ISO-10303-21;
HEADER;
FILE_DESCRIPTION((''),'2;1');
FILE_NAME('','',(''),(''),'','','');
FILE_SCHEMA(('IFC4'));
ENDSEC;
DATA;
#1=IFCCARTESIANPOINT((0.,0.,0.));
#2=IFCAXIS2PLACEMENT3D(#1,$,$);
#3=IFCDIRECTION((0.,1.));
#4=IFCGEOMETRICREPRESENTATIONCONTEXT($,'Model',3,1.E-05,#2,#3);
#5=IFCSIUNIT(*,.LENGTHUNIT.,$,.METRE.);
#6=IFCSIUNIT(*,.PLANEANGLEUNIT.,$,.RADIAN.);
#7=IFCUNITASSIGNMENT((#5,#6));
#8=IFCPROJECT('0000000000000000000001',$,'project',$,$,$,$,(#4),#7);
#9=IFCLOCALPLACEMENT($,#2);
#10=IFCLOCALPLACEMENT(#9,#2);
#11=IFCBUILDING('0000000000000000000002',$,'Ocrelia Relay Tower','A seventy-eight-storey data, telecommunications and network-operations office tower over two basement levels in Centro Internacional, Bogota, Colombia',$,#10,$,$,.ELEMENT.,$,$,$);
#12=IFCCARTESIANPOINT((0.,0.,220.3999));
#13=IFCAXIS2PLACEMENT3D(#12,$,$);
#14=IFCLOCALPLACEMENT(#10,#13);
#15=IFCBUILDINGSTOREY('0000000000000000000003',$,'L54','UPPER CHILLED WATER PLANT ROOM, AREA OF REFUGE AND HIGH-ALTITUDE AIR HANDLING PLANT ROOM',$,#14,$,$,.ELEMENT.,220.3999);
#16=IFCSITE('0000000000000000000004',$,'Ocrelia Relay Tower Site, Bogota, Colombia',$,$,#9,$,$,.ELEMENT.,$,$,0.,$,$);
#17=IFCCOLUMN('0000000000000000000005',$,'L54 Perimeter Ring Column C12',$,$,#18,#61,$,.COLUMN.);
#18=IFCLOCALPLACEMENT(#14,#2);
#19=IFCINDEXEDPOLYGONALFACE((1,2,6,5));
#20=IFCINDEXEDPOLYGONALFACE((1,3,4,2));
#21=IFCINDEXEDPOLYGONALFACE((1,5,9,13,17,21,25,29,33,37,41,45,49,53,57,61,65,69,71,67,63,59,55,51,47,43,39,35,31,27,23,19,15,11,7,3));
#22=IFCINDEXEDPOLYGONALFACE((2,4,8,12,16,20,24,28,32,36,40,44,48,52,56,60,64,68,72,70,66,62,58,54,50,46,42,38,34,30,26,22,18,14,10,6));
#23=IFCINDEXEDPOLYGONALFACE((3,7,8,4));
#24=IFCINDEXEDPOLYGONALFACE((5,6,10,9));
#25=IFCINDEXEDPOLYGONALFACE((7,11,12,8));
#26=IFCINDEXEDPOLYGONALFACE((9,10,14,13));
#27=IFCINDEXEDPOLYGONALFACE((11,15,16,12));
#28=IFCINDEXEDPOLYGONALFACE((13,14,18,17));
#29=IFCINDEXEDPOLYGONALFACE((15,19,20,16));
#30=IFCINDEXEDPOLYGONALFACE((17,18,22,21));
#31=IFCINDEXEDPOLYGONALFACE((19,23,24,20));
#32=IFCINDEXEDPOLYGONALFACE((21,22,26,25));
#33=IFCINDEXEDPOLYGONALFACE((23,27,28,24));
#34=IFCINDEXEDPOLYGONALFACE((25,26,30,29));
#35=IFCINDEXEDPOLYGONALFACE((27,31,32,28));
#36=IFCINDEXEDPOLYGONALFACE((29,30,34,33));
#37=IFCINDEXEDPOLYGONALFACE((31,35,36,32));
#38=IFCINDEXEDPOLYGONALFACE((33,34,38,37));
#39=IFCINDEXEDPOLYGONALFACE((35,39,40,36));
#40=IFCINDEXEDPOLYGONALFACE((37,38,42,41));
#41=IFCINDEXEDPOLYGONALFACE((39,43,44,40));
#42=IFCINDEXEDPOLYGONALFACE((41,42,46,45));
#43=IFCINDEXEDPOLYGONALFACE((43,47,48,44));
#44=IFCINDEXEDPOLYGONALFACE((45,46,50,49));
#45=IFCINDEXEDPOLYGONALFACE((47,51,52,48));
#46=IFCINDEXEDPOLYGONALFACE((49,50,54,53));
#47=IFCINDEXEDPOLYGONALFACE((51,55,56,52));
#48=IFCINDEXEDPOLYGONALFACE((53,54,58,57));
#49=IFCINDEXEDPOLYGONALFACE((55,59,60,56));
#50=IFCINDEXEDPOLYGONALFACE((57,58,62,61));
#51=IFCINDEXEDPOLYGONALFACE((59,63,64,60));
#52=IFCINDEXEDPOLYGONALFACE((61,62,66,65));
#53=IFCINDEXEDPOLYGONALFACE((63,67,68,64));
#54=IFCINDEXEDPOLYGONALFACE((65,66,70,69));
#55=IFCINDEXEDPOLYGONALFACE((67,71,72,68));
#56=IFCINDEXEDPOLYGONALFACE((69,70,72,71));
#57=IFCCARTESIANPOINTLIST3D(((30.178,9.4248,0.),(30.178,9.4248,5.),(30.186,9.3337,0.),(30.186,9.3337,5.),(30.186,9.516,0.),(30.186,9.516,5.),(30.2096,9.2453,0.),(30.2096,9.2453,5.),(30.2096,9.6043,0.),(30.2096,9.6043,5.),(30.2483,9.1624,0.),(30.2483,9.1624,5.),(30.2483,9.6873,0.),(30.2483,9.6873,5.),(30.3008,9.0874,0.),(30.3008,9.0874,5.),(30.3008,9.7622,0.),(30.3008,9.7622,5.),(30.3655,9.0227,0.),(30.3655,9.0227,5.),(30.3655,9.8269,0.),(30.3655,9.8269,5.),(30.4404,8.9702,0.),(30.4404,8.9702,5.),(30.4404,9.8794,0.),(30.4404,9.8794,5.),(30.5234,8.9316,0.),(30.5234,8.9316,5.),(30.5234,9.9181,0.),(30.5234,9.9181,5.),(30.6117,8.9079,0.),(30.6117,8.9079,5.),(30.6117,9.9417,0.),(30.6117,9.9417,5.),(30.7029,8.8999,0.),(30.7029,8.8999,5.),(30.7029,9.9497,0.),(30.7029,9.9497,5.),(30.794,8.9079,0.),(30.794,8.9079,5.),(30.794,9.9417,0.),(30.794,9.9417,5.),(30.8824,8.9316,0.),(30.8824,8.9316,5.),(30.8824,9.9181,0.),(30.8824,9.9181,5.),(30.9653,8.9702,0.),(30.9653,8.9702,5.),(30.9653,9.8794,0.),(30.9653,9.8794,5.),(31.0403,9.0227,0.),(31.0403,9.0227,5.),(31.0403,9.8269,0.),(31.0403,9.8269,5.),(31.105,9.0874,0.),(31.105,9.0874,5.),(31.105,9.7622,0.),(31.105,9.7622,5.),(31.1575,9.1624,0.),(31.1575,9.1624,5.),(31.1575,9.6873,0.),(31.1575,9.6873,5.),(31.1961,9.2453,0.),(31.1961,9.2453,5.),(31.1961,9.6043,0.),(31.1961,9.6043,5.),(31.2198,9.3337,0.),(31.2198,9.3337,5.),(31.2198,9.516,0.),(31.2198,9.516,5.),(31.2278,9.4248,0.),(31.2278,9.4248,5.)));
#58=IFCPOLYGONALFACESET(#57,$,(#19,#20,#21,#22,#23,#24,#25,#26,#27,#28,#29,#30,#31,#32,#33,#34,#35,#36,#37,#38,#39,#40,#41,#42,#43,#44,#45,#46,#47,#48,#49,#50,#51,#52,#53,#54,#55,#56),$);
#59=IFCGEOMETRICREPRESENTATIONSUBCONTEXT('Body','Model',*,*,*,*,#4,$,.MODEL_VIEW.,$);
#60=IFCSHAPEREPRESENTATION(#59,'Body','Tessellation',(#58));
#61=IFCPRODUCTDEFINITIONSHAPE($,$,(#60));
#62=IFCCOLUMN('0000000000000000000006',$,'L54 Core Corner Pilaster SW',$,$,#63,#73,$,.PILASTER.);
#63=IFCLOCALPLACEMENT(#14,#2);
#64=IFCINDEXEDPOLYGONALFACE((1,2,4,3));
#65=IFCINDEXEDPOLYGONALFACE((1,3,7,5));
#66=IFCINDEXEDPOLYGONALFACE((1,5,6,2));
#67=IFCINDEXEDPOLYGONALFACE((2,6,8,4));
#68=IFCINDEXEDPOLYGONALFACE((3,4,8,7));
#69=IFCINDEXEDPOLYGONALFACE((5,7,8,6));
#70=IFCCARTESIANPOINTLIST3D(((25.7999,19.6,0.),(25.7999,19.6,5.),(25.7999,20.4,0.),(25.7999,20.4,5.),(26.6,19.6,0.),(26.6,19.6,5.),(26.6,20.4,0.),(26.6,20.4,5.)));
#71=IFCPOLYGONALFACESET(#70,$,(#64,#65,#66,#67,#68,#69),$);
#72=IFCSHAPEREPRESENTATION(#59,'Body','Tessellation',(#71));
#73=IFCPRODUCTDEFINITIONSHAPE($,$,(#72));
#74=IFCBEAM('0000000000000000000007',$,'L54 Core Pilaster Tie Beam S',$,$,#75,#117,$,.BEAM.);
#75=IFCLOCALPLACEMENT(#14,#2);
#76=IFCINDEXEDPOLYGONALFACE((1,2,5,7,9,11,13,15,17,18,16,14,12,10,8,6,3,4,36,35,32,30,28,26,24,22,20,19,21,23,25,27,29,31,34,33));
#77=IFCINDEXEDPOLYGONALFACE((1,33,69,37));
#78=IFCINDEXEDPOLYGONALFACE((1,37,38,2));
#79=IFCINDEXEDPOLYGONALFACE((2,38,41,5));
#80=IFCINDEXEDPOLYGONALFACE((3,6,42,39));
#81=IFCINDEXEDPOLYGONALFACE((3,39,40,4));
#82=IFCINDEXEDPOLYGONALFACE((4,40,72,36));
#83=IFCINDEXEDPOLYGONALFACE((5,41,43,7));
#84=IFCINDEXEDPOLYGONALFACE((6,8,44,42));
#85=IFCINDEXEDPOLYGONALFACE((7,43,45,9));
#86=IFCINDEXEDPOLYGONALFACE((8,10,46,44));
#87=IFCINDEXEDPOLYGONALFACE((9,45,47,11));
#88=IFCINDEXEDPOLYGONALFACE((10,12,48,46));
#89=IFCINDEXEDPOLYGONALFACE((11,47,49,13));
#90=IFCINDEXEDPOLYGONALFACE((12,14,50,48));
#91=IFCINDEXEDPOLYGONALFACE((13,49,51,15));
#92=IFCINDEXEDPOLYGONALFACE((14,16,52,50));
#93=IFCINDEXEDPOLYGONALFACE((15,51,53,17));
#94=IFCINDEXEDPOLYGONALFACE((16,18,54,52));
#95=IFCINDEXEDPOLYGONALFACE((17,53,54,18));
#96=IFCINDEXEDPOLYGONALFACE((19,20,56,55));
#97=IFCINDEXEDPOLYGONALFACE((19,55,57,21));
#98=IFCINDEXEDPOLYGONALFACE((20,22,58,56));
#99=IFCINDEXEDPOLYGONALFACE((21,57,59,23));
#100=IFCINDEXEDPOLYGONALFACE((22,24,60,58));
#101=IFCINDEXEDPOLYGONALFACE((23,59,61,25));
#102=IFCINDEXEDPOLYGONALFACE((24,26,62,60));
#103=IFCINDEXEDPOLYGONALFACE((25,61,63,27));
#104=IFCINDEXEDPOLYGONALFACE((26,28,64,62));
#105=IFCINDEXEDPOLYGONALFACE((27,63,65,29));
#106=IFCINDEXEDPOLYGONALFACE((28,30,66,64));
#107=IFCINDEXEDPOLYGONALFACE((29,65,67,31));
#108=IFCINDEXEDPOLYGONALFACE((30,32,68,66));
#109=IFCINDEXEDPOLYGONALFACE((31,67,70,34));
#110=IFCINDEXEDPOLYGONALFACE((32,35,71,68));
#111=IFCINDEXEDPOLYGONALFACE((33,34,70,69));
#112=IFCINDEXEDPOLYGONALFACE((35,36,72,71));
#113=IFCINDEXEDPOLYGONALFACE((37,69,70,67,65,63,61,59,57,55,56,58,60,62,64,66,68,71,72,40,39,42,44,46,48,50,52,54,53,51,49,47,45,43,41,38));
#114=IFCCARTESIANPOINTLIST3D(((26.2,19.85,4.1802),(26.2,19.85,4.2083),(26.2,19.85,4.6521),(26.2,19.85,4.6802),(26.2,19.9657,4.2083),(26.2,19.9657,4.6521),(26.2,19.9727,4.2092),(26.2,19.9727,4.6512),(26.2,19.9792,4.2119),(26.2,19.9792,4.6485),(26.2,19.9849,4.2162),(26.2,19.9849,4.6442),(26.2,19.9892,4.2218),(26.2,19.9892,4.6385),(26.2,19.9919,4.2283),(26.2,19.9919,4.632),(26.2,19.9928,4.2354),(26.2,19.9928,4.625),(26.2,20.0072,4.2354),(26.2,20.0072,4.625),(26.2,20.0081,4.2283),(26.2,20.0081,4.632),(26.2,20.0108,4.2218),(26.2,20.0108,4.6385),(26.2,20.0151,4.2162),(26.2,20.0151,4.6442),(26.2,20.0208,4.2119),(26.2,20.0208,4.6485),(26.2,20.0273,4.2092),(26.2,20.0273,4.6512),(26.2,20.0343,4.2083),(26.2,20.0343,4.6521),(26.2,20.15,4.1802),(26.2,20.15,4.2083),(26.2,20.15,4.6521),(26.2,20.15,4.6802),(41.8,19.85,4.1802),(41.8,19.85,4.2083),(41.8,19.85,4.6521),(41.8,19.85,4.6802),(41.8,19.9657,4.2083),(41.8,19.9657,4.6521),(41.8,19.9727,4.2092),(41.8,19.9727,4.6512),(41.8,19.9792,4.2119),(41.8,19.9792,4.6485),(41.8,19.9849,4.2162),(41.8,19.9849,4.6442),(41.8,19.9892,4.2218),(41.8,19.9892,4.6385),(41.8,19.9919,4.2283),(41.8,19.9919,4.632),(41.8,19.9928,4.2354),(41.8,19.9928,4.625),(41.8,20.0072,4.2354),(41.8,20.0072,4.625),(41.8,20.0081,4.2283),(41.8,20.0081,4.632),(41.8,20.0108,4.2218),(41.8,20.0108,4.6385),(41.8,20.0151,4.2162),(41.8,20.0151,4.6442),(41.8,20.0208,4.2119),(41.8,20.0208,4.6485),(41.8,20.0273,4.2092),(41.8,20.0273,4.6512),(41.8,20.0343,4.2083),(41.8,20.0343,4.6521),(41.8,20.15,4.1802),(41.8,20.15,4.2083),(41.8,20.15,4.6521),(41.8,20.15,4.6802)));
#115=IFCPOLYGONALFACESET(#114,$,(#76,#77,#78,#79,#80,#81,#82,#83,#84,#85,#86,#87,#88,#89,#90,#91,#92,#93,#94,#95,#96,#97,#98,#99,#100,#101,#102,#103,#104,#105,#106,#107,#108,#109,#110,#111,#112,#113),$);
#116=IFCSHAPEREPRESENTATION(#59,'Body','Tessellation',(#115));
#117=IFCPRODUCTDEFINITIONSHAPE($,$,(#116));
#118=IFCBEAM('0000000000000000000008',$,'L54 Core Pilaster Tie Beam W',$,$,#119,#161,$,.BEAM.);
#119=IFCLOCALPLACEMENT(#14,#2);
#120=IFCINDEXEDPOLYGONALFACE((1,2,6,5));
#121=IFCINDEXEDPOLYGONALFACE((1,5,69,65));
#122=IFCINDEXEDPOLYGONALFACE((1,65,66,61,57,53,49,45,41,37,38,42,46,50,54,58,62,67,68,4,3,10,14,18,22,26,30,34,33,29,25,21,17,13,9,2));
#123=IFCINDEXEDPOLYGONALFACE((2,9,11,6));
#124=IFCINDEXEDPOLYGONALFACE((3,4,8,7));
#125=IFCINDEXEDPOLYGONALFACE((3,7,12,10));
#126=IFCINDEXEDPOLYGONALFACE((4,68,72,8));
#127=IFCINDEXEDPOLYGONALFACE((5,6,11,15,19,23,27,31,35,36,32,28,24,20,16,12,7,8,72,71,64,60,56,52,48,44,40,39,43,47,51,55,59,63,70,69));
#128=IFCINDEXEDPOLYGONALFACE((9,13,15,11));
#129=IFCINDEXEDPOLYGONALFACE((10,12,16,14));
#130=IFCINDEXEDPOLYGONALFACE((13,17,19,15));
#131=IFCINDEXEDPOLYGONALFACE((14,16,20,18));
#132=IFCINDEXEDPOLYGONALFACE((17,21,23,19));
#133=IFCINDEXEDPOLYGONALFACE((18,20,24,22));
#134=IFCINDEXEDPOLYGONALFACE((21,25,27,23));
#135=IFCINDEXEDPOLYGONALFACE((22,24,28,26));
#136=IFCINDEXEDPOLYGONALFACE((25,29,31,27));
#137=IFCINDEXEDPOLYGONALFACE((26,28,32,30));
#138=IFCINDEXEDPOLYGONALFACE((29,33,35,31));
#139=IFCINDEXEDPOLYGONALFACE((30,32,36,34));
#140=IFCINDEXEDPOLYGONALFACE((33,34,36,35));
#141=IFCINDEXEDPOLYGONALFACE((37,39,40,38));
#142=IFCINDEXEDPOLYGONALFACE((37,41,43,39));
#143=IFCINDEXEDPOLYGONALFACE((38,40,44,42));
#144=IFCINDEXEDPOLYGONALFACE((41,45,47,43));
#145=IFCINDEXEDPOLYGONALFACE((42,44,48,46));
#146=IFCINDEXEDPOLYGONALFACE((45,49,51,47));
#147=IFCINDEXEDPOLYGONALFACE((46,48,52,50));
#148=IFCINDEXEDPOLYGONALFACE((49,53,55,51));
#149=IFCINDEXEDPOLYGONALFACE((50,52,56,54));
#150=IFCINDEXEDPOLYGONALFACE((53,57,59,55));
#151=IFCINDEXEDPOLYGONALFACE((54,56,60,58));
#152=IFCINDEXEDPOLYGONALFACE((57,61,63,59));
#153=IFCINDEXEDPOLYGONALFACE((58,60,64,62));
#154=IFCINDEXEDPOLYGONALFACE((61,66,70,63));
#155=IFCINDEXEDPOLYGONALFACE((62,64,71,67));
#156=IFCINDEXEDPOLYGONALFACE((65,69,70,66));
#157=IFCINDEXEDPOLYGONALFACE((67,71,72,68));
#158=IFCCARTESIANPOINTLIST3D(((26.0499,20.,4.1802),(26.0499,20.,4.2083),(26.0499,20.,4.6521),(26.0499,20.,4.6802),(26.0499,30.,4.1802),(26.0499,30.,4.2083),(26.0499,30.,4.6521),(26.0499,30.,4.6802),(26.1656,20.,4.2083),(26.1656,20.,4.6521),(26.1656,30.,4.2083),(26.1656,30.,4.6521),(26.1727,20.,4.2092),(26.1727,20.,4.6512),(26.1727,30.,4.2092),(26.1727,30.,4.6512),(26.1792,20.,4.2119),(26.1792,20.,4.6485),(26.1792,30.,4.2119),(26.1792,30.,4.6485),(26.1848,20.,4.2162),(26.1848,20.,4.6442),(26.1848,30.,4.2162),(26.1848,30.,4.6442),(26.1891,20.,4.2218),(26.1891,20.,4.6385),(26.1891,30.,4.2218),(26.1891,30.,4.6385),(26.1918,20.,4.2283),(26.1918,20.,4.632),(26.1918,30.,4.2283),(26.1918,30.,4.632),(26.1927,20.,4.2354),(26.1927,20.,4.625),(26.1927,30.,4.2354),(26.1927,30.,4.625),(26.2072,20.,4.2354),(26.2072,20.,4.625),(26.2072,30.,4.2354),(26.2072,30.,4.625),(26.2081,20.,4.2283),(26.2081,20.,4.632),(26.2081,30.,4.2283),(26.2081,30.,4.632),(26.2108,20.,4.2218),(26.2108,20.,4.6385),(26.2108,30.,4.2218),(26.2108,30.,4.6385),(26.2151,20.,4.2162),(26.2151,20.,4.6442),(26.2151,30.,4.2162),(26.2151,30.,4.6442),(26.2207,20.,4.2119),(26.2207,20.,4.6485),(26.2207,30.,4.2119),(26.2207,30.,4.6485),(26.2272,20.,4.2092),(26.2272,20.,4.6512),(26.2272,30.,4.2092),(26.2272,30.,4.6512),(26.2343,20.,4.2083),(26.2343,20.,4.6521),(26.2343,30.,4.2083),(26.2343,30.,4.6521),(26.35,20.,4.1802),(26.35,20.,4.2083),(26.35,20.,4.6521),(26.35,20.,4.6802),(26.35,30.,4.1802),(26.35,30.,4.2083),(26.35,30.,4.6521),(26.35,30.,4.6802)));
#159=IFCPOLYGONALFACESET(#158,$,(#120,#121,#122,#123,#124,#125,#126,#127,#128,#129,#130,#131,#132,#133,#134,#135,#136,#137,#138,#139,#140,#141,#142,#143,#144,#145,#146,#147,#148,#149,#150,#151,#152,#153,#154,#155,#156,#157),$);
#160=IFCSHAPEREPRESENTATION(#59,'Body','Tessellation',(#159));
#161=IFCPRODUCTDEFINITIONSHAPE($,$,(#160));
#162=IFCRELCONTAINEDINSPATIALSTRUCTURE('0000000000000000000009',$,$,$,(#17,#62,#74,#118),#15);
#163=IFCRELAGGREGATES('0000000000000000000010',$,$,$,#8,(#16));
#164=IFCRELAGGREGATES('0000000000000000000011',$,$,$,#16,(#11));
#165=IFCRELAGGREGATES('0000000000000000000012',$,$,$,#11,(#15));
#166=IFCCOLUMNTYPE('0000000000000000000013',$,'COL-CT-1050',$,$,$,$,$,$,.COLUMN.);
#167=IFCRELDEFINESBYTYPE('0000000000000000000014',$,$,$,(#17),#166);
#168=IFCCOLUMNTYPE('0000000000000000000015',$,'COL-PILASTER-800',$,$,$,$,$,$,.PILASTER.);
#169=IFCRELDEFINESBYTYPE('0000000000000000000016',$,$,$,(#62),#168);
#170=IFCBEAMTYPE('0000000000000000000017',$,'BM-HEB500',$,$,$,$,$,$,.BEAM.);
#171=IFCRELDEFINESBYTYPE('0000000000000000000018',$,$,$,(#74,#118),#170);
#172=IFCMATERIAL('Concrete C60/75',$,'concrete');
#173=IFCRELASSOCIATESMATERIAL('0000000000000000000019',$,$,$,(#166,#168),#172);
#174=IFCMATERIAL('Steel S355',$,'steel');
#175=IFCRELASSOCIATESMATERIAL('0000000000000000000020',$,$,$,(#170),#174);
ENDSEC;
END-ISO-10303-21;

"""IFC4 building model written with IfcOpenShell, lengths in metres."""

from ifc_helpers import new_model, si_unit, direction, frame, origin, origin_2d, place, context, subcontext, project, spatial, rectangle, circle, i_section, extrude, material, material_profile, profile_set, type_object, element, save


model = new_model("IFC4")

# Units and contexts
model_context = context("Model", 3, precision=1e-05, world=origin(), true_north=direction((0.0, 1.0)))
body_context = subcontext(model_context, "Body", "Model", "MODEL_VIEW")
ifc_project = project(units=[si_unit("LENGTHUNIT", "METRE"), si_unit("PLANEANGLEUNIT", "RADIAN")], contexts=[model_context])

# Site, building, storey
site_placement = place(None, origin())
site = spatial("IfcSite", under=ifc_project, at=site_placement, Name="Ocrelia Relay Tower Site, Bogota, Colombia", CompositionType="ELEMENT", RefElevation=0.0)
building_placement = place(site_placement, origin())
building = spatial("IfcBuilding", under=site, at=building_placement, Name="Ocrelia Relay Tower", Description="A seventy-eight-storey data, telecommunications and network-operations office tower over two basement levels in Centro Internacional, Bogota, Colombia", CompositionType="ELEMENT")
storey_placement = place(building_placement, frame((0.0, 0.0, 220.3999)))
storey = spatial("IfcBuildingStorey", under=building, at=storey_placement, Name="L54", Description="UPPER CHILLED WATER PLANT ROOM, AREA OF REFUGE AND HIGH-ALTITUDE AIR HANDLING PLANT ROOM", CompositionType="ELEMENT", Elevation=220.3999)

# Columns
ifc_material_1 = material(Name="Concrete C60/75", Category="concrete")
ifc_material_profile_1 = material_profile(ifc_material_1, circle(Radius=0.5249, at=origin_2d()), Name="RC-CIR-1050")
ifc_profile_set_1 = profile_set([ifc_material_profile_1], Name="Concrete C60/75")
column_type_1 = type_object("IfcColumnType", Name="COL-CT-1050", PredefinedType="COLUMN", material=ifc_profile_set_1)
column_1_placement = place(storey_placement, frame((30.7029, 9.4248, 0.0), z_axis=(0.0, 0.0, 1.0), x_axis=(1.0, 0.0, 0.0)))
element("IfcColumn", 1, at=column_1_placement, inside=storey, type_object=column_type_1, Name="L54 Perimeter Ring Column C12", PredefinedType="COLUMN", context=body_context, shape_type="SweptSolid", body=[
    extrude(circle(Radius=0.5249, at=origin_2d()), origin(), (0.0, 0.0, 1.0), 5.0),
])
ifc_material_profile_2 = material_profile(ifc_material_1, rectangle(XDim=0.8, YDim=0.8, at=origin_2d()), Name="RC-COL-800x800")
ifc_profile_set_2 = profile_set([ifc_material_profile_2], Name="Concrete C60/75")
column_type_2 = type_object("IfcColumnType", Name="COL-PILASTER-800", PredefinedType="PILASTER", material=ifc_profile_set_2)
column_2_placement = place(storey_placement, frame((26.2, 20.0, 0.0), z_axis=(0.0, 0.0, 1.0), x_axis=(1.0, 0.0, 0.0)))
element("IfcColumn", 2, at=column_2_placement, inside=storey, type_object=column_type_2, Name="L54 Core Corner Pilaster SW", PredefinedType="PILASTER", context=body_context, shape_type="SweptSolid", body=[
    extrude(rectangle(XDim=0.8, YDim=0.8, at=origin_2d()), origin(), (0.0, 0.0, 1.0), 5.0),
])

# Beams
ifc_material_2 = material(Name="Steel S355", Category="steel")
ifc_material_profile_3 = material_profile(ifc_material_2, i_section(OverallWidth=0.3, OverallDepth=0.5, WebThickness=0.0144, FlangeThickness=0.0281, FilletRadius=0.0271, at=origin_2d()), Name="HEB 500")
ifc_profile_set_3 = profile_set([ifc_material_profile_3], Name="Steel S355")
beam_type_1 = type_object("IfcBeamType", Name="BM-HEB500", PredefinedType="BEAM", material=ifc_profile_set_3)
beam_1_placement = place(storey_placement, frame((26.2, 20.0, 4.4302), z_axis=(1.0, 0.0, 0.0), x_axis=(0.0, 1.0, 0.0)))
element("IfcBeam", 3, at=beam_1_placement, inside=storey, type_object=beam_type_1, Name="L54 Core Pilaster Tie Beam S", PredefinedType="BEAM", context=body_context, shape_type="SweptSolid", body=[
    extrude(i_section(OverallWidth=0.3, OverallDepth=0.5, WebThickness=0.0144, FlangeThickness=0.0281, FilletRadius=0.0271, at=origin_2d()), origin(), (0.0, 0.0, 1.0), 15.6001),
])
beam_2_placement = place(storey_placement, frame((26.2, 20.0, 4.4302), z_axis=(0.0, 1.0, 0.0), x_axis=(-1.0, 0.0, 0.0)))
element("IfcBeam", 4, at=beam_2_placement, inside=storey, type_object=beam_type_1, Name="L54 Core Pilaster Tie Beam W", PredefinedType="BEAM", context=body_context, shape_type="SweptSolid", body=[
    extrude(i_section(OverallWidth=0.3, OverallDepth=0.5, WebThickness=0.0144, FlangeThickness=0.0281, FilletRadius=0.0271, at=origin_2d()), origin(), (0.0, 0.0, 1.0), 10.0),
])

save(model, "model.ifc")
